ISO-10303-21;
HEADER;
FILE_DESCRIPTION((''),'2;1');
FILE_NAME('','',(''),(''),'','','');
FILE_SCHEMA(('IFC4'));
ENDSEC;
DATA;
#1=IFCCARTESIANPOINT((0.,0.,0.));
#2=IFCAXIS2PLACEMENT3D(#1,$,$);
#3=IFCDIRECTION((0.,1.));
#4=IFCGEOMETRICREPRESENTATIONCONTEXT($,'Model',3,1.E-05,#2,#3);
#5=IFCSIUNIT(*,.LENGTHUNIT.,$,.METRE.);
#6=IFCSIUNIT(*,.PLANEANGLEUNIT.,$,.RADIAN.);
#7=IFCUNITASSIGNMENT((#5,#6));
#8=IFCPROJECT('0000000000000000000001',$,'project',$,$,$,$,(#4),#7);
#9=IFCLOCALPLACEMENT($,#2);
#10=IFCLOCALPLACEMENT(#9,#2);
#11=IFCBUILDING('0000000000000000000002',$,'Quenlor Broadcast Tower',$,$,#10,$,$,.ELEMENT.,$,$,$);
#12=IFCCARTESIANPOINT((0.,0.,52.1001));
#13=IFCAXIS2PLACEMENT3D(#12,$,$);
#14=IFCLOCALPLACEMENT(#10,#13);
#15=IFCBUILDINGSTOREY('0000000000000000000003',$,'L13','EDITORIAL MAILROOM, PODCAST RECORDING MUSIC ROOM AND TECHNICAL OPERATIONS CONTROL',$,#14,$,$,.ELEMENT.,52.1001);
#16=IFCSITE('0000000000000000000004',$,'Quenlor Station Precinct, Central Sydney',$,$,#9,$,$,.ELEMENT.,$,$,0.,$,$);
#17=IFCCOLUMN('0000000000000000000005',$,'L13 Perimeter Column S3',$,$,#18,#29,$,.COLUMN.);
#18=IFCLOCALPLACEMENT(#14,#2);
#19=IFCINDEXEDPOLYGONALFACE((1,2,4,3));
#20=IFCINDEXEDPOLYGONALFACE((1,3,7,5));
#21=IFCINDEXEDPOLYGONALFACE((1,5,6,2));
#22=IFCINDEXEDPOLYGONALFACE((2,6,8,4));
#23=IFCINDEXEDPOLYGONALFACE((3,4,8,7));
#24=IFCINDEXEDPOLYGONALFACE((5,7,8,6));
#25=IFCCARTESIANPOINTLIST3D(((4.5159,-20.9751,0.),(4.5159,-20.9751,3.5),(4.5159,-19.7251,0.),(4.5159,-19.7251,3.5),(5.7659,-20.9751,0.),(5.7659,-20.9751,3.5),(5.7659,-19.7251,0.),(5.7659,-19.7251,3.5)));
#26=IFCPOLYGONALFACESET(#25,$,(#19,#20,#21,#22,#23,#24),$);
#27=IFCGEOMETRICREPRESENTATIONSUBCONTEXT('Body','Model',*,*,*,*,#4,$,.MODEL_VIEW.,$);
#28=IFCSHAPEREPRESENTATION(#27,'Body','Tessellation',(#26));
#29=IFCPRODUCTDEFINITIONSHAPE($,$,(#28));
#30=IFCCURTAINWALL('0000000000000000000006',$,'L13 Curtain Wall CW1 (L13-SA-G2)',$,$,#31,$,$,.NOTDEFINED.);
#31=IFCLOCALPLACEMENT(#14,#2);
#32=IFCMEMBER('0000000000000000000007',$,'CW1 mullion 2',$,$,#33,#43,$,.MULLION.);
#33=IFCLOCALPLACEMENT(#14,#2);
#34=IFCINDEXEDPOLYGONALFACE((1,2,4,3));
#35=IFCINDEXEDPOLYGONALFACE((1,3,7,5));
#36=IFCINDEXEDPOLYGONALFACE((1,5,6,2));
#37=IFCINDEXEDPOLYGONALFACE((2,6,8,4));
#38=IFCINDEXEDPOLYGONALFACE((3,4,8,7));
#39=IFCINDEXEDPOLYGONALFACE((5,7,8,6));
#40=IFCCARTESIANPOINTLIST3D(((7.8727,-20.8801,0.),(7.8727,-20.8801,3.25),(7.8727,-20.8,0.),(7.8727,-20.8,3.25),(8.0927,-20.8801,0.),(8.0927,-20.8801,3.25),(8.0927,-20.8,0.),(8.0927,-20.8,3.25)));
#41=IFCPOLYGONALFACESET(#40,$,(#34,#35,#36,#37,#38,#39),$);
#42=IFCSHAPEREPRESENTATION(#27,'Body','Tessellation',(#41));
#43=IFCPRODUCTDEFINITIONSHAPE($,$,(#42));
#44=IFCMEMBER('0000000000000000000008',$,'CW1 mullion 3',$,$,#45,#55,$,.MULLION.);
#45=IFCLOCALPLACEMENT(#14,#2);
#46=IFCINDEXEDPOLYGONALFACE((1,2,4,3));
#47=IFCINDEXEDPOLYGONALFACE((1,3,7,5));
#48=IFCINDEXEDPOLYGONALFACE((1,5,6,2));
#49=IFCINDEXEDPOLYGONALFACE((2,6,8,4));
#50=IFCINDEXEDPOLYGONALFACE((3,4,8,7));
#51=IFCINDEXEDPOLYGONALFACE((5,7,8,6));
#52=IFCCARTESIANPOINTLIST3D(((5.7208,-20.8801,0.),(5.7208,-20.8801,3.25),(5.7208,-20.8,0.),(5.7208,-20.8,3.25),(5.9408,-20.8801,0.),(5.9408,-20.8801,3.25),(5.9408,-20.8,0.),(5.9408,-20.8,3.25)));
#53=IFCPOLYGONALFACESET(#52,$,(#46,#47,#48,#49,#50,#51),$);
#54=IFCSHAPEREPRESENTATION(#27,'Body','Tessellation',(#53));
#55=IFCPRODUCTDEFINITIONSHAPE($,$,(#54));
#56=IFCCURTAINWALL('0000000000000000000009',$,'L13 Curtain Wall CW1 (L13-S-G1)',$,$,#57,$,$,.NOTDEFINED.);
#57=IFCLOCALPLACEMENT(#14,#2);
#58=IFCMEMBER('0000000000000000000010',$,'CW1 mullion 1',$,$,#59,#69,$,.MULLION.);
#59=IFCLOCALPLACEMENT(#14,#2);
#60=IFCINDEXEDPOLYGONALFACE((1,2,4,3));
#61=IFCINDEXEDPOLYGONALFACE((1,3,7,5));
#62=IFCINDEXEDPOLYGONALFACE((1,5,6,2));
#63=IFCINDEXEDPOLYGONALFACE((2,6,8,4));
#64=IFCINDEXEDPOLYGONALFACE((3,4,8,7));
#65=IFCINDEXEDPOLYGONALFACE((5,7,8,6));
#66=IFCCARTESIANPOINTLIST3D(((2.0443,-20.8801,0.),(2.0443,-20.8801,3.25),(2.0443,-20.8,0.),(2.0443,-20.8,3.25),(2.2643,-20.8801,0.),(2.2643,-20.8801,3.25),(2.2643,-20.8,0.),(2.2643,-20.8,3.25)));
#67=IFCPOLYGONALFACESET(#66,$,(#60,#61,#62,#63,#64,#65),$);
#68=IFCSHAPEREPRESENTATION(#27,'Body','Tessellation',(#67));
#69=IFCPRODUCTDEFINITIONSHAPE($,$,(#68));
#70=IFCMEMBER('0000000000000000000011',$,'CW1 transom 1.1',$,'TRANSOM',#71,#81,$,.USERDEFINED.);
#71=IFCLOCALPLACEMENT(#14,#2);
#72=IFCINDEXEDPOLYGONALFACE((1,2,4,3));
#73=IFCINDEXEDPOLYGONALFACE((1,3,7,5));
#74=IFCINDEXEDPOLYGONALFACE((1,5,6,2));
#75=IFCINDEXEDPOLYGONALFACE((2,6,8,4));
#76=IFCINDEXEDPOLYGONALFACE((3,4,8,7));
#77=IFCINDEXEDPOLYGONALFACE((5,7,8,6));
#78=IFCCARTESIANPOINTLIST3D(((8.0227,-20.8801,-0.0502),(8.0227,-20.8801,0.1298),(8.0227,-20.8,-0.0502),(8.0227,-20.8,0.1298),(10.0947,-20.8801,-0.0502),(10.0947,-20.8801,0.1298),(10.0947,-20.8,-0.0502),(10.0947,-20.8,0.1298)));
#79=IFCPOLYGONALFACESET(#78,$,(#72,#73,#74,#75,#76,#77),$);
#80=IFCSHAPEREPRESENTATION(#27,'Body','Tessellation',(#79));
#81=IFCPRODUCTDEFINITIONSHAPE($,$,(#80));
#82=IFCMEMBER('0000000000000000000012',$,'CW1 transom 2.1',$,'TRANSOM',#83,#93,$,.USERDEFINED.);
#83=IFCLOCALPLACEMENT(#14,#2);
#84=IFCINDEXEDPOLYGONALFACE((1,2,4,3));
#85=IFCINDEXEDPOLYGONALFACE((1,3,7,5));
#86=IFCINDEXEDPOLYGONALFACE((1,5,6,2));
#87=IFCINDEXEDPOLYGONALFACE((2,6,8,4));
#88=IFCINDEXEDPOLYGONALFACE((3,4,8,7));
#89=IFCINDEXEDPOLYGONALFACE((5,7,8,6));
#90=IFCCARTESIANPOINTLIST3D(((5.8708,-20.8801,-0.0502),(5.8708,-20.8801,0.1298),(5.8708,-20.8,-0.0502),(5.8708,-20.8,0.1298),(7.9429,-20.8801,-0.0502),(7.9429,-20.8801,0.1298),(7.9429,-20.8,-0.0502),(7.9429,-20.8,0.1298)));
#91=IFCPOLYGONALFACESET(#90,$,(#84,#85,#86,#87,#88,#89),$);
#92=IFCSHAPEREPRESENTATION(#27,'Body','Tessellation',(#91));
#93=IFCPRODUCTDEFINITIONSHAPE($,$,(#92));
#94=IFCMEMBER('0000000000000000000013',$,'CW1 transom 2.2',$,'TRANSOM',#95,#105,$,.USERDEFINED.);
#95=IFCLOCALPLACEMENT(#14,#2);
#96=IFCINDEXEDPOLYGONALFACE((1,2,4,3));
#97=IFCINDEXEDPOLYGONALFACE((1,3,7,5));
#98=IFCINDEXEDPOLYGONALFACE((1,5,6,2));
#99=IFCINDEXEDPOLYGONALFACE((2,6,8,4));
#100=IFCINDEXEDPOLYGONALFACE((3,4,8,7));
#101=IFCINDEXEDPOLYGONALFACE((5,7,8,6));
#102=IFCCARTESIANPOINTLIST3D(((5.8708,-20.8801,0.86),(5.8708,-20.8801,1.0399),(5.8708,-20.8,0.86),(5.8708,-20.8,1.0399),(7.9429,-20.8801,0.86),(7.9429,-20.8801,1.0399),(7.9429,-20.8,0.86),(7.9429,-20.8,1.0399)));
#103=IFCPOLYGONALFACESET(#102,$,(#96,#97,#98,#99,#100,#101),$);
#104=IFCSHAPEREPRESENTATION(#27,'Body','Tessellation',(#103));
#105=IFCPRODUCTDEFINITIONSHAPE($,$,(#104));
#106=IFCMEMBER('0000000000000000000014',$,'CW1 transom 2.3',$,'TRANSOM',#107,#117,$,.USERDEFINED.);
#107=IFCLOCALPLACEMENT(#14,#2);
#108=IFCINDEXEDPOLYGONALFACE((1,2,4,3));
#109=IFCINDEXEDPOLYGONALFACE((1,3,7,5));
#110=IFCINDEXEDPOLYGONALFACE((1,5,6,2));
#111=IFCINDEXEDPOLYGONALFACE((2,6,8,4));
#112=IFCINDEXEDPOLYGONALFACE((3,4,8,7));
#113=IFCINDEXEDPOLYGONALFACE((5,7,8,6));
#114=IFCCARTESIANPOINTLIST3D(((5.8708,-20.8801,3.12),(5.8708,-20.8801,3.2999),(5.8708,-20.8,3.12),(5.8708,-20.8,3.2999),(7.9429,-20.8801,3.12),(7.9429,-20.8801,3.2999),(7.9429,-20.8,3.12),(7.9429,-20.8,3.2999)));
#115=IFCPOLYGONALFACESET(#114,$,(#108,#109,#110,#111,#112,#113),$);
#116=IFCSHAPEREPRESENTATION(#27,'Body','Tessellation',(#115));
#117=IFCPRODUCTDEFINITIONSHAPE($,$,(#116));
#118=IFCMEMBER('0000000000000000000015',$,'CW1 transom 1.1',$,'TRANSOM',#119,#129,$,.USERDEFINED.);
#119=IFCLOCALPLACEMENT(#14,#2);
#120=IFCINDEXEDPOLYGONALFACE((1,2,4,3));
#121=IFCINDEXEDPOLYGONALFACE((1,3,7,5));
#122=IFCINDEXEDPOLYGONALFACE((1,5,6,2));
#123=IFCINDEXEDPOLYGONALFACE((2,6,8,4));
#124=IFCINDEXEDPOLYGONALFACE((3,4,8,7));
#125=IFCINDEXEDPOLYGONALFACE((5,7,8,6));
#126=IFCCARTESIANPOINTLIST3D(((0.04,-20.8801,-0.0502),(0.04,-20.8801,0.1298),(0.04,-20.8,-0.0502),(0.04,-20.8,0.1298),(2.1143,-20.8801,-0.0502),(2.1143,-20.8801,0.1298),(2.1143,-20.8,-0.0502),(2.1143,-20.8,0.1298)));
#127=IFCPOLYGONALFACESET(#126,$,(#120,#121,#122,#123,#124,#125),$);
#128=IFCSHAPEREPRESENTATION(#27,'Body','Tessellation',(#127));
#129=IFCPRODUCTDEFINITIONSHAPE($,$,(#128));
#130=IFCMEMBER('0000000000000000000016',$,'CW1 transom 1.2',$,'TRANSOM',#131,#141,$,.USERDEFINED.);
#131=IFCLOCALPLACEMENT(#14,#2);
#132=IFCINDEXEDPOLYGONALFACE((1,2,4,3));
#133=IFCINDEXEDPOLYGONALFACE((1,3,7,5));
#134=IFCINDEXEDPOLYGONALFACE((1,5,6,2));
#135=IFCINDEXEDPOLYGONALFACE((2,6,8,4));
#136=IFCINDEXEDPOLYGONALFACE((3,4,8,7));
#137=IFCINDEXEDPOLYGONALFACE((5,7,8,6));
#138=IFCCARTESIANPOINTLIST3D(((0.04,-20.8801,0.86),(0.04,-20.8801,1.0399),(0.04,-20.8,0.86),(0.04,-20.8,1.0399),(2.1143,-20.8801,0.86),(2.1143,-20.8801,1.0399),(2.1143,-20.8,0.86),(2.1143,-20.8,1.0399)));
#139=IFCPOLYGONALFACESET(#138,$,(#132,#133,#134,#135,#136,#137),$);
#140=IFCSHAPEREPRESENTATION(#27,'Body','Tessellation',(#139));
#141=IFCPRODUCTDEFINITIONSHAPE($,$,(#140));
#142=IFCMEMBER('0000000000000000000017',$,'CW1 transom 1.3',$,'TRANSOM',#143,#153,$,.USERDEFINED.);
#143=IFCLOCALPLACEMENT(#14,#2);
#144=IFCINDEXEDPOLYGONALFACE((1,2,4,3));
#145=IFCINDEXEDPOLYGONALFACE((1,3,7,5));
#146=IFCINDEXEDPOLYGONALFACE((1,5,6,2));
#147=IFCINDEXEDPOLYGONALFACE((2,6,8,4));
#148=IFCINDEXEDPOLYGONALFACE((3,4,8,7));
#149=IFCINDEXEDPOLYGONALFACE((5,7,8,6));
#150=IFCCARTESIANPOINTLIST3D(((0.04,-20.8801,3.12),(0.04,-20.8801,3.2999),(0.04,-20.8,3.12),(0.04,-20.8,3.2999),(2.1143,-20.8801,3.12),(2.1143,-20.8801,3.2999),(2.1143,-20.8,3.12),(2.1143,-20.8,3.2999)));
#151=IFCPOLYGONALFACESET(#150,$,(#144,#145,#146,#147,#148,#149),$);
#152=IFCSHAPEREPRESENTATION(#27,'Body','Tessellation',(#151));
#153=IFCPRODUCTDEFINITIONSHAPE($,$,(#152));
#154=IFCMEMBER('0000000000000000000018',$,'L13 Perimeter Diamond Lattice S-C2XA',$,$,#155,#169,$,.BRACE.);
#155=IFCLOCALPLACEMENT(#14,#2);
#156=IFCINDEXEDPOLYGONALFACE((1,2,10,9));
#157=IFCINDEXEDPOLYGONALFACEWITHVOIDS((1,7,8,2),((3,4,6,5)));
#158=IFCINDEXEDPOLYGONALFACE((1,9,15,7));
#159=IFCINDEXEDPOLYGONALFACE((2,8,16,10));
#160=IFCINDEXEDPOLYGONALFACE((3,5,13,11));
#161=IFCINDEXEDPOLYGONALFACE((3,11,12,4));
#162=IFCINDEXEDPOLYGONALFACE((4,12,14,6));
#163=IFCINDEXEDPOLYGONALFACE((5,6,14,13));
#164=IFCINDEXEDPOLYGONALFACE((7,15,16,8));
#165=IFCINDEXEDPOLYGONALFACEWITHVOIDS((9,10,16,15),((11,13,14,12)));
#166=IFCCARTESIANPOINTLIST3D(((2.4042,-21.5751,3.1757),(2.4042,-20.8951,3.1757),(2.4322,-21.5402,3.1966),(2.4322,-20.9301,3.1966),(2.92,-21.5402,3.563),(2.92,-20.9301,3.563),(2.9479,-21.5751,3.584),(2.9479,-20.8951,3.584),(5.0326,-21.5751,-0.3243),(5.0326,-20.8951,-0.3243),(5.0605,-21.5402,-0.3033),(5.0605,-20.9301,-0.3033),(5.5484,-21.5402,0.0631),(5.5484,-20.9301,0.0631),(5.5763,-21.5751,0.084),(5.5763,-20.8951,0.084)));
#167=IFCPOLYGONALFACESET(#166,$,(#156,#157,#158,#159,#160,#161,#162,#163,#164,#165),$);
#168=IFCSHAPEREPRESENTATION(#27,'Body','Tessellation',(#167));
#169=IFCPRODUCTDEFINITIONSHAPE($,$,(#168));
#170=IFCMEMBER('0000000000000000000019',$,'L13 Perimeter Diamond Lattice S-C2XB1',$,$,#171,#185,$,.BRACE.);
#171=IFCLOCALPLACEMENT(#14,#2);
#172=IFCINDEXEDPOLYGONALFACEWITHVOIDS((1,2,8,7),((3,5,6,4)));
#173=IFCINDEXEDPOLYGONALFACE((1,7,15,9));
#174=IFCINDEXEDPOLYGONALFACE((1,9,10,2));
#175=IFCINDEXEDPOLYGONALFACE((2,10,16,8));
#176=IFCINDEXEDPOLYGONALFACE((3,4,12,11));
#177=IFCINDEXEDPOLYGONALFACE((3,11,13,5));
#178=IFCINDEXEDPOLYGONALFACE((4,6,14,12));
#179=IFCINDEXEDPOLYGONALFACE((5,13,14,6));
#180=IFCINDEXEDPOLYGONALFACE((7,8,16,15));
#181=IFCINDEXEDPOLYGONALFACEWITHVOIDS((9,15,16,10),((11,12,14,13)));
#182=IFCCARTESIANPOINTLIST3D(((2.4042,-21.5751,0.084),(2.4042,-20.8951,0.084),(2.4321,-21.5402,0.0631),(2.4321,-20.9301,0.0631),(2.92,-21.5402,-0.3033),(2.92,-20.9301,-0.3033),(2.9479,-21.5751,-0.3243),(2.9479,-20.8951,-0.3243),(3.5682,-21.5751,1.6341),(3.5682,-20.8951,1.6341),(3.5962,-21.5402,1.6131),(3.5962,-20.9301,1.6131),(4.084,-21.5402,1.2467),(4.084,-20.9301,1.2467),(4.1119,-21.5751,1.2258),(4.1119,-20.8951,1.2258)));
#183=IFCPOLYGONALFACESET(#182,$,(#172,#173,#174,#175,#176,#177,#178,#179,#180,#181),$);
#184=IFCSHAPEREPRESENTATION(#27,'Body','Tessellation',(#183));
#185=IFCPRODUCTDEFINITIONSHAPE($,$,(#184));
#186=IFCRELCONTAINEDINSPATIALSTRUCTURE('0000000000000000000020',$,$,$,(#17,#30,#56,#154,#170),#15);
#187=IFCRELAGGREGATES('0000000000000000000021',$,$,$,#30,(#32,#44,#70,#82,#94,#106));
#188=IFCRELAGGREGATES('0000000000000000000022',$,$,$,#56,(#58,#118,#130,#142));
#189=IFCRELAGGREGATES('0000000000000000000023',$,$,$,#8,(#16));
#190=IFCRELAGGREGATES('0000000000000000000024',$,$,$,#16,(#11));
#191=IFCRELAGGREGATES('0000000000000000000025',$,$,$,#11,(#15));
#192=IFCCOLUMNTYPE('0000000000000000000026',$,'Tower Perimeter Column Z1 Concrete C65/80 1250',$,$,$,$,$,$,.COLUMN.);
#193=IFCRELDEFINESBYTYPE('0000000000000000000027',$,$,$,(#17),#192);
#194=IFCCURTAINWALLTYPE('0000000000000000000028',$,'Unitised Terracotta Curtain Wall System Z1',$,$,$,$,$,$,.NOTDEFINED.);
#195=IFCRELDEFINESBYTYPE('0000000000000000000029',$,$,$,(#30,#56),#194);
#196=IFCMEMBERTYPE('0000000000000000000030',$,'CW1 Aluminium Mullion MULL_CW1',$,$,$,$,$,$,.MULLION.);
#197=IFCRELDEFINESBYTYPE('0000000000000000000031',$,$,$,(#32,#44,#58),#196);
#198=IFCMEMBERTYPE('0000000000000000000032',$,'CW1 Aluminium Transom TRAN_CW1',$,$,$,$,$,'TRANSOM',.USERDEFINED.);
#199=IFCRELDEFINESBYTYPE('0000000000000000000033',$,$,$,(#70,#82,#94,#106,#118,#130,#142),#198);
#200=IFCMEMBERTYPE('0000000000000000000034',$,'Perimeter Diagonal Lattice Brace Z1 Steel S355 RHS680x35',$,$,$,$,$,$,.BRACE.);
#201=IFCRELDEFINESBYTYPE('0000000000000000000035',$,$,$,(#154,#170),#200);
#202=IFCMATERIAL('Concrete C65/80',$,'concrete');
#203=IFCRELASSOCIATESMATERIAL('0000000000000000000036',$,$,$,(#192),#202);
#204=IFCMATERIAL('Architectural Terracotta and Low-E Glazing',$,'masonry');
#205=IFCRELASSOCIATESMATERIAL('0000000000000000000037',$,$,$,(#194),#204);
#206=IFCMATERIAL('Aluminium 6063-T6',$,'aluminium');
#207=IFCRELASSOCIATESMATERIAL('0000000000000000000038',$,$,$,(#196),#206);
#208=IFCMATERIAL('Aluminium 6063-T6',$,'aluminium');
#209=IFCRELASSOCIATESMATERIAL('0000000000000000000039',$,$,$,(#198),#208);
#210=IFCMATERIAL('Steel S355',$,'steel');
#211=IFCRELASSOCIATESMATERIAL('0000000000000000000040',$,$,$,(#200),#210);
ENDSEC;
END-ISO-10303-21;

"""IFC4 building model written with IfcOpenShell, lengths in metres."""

from ifc_helpers import new_model, si_unit, direction, frame, origin, origin_2d, place, context, subcontext, project, spatial, rectangle, hollow_rectangle, extrude, material, material_profile, profile_set, type_object, element, aggregate, save


model = new_model("IFC4")

# Units and contexts
model_context = context("Model", 3, precision=1e-05, world=origin(), true_north=direction((0.0, 1.0)))
body_context = subcontext(model_context, "Body", "Model", "MODEL_VIEW")
ifc_project = project(units=[si_unit("LENGTHUNIT", "METRE"), si_unit("PLANEANGLEUNIT", "RADIAN")], contexts=[model_context])

# Site, building, storey
site_placement = place(None, origin())
site = spatial("IfcSite", under=ifc_project, at=site_placement, Name="Quenlor Station Precinct, Central Sydney", CompositionType="ELEMENT", RefElevation=0.0)
building_placement = place(site_placement, origin())
building = spatial("IfcBuilding", under=site, at=building_placement, Name="Quenlor Broadcast Tower", CompositionType="ELEMENT")
storey_placement = place(building_placement, frame((0.0, 0.0, 52.1001)))
storey = spatial("IfcBuildingStorey", under=building, at=storey_placement, Name="L13", Description="EDITORIAL MAILROOM, PODCAST RECORDING MUSIC ROOM AND TECHNICAL OPERATIONS CONTROL", CompositionType="ELEMENT", Elevation=52.1001)

# Column
ifc_material_1 = material(Name="Concrete C65/80", Category="concrete")
ifc_material_profile_1 = material_profile(ifc_material_1, rectangle(XDim=1.25, YDim=1.25, at=origin_2d()))
ifc_profile_set_1 = profile_set([ifc_material_profile_1], Name="Concrete C65/80 RC1250x1250")
column_type = type_object("IfcColumnType", Name="Tower Perimeter Column Z1 Concrete C65/80 1250", PredefinedType="COLUMN", material=ifc_profile_set_1)
column_placement = place(storey_placement, frame((5.1409, -20.3501, 0.0), z_axis=(0.0, 0.0, 1.0), x_axis=(0.0, 1.0, 0.0)))
element("IfcColumn", 1, at=column_placement, inside=storey, type_object=column_type, Name="L13 Perimeter Column S3", PredefinedType="COLUMN", context=body_context, shape_type="SweptSolid", body=[
    extrude(rectangle(XDim=1.25, YDim=1.25, at=origin_2d()), origin(), (0.0, 0.0, 1.0), 3.5),
])

# Curtain wall, members
ifc_material_2 = material(Name="Architectural Terracotta and Low-E Glazing", Category="masonry")
curtain_wall_type = type_object("IfcCurtainWallType", Name="Unitised Terracotta Curtain Wall System Z1", PredefinedType="NOTDEFINED", material=ifc_material_2)
curtain_wall_1_placement = place(storey_placement, origin())
curtain_wall_1 = element("IfcCurtainWall", 2, at=curtain_wall_1_placement, inside=storey, type_object=curtain_wall_type, Name="L13 Curtain Wall CW1 (L13-SA-G2)", PredefinedType="NOTDEFINED")
ifc_material_3 = material(Name="Aluminium 6063-T6", Category="aluminium")
ifc_material_profile_2 = material_profile(ifc_material_3, rectangle(XDim=0.0801, YDim=0.22, at=origin_2d()))
ifc_profile_set_2 = profile_set([ifc_material_profile_2], Name="Aluminium 6063-T6 MULL80x220")
member_type_1 = type_object("IfcMemberType", Name="CW1 Aluminium Mullion MULL_CW1", PredefinedType="MULLION", material=ifc_profile_set_2)
member_1_placement = place(storey_placement, frame((7.9827, -20.8401, 0.0), z_axis=(0.0, 0.0, 1.0), x_axis=(0.0, -1.0, 0.0)))
member_1 = element("IfcMember", 3, at=member_1_placement, type_object=member_type_1, Name="CW1 mullion 2", PredefinedType="MULLION", context=body_context, shape_type="SweptSolid", body=[
    extrude(rectangle(XDim=0.0801, YDim=0.22, at=origin_2d()), origin(), (0.0, 0.0, 1.0), 3.25),
])
member_2_placement = place(storey_placement, frame((5.8308, -20.8401, 0.0), z_axis=(0.0, 0.0, 1.0), x_axis=(0.0, -1.0, 0.0)))
member_2 = element("IfcMember", 4, at=member_2_placement, type_object=member_type_1, Name="CW1 mullion 3", PredefinedType="MULLION", context=body_context, shape_type="SweptSolid", body=[
    extrude(rectangle(XDim=0.0801, YDim=0.22, at=origin_2d()), origin(), (0.0, 0.0, 1.0), 3.25),
])

# Curtain wall, member
curtain_wall_2_placement = place(storey_placement, origin())
curtain_wall_2 = element("IfcCurtainWall", 5, at=curtain_wall_2_placement, inside=storey, type_object=curtain_wall_type, Name="L13 Curtain Wall CW1 (L13-S-G1)", PredefinedType="NOTDEFINED")
member_3_placement = place(storey_placement, frame((2.1543, -20.8401, 0.0), z_axis=(0.0, 0.0, 1.0), x_axis=(0.0, -1.0, 0.0)))
member_3 = element("IfcMember", 6, at=member_3_placement, type_object=member_type_1, Name="CW1 mullion 1", PredefinedType="MULLION", context=body_context, shape_type="SweptSolid", body=[
    extrude(rectangle(XDim=0.0801, YDim=0.22, at=origin_2d()), origin(), (0.0, 0.0, 1.0), 3.25),
])

# Members
ifc_material_4 = material(Name="Aluminium 6063-T6", Category="aluminium")
ifc_material_profile_3 = material_profile(ifc_material_4, rectangle(XDim=0.0801, YDim=0.1799, at=origin_2d()))
ifc_profile_set_3 = profile_set([ifc_material_profile_3], Name="Aluminium 6063-T6 TRAN80x180")
member_type_2 = type_object("IfcMemberType", Name="CW1 Aluminium Transom TRAN_CW1", ElementType="TRANSOM", PredefinedType="USERDEFINED", material=ifc_profile_set_3)
member_4_placement = place(storey_placement, frame((10.0947, -20.8401, 0.0398), z_axis=(-1.0, 0.0, 0.0), x_axis=(0.0, -1.0, 0.0)))
member_4 = element("IfcMember", 7, at=member_4_placement, type_object=member_type_2, Name="CW1 transom 1.1", ObjectType="TRANSOM", PredefinedType="USERDEFINED", context=body_context, shape_type="SweptSolid", body=[
    extrude(rectangle(XDim=0.0801, YDim=0.1799, at=origin_2d()), origin(), (0.0, 0.0, 1.0), 2.072),
])
member_5_placement = place(storey_placement, frame((7.9429, -20.8401, 0.0398), z_axis=(-1.0, 0.0, 0.0), x_axis=(0.0, -1.0, 0.0)))
member_5 = element("IfcMember", 8, at=member_5_placement, type_object=member_type_2, Name="CW1 transom 2.1", ObjectType="TRANSOM", PredefinedType="USERDEFINED", context=body_context, shape_type="SweptSolid", body=[
    extrude(rectangle(XDim=0.0801, YDim=0.1799, at=origin_2d()), origin(), (0.0, 0.0, 1.0), 2.072),
])
member_6_placement = place(storey_placement, frame((7.9429, -20.8401, 0.95), z_axis=(-1.0, 0.0, 0.0), x_axis=(0.0, -1.0, 0.0)))
member_6 = element("IfcMember", 9, at=member_6_placement, type_object=member_type_2, Name="CW1 transom 2.2", ObjectType="TRANSOM", PredefinedType="USERDEFINED", context=body_context, shape_type="SweptSolid", body=[
    extrude(rectangle(XDim=0.0801, YDim=0.1799, at=origin_2d()), origin(), (0.0, 0.0, 1.0), 2.072),
])
member_7_placement = place(storey_placement, frame((7.9429, -20.8401, 3.21), z_axis=(-1.0, 0.0, 0.0), x_axis=(0.0, -1.0, 0.0)))
member_7 = element("IfcMember", 10, at=member_7_placement, type_object=member_type_2, Name="CW1 transom 2.3", ObjectType="TRANSOM", PredefinedType="USERDEFINED", context=body_context, shape_type="SweptSolid", body=[
    extrude(rectangle(XDim=0.0801, YDim=0.1799, at=origin_2d()), origin(), (0.0, 0.0, 1.0), 2.072),
])
member_8_placement = place(storey_placement, frame((2.1143, -20.8401, 0.0398), z_axis=(-1.0, 0.0, 0.0), x_axis=(0.0, -1.0, 0.0)))
member_8 = element("IfcMember", 11, at=member_8_placement, type_object=member_type_2, Name="CW1 transom 1.1", ObjectType="TRANSOM", PredefinedType="USERDEFINED", context=body_context, shape_type="SweptSolid", body=[
    extrude(rectangle(XDim=0.0801, YDim=0.1799, at=origin_2d()), origin(), (0.0, 0.0, 1.0), 2.0742),
])
member_9_placement = place(storey_placement, frame((2.1143, -20.8401, 0.95), z_axis=(-1.0, 0.0, 0.0), x_axis=(0.0, -1.0, 0.0)))
member_9 = element("IfcMember", 12, at=member_9_placement, type_object=member_type_2, Name="CW1 transom 1.2", ObjectType="TRANSOM", PredefinedType="USERDEFINED", context=body_context, shape_type="SweptSolid", body=[
    extrude(rectangle(XDim=0.0801, YDim=0.1799, at=origin_2d()), origin(), (0.0, 0.0, 1.0), 2.0742),
])
member_10_placement = place(storey_placement, frame((2.1143, -20.8401, 3.21), z_axis=(-1.0, 0.0, 0.0), x_axis=(0.0, -1.0, 0.0)))
member_10 = element("IfcMember", 13, at=member_10_placement, type_object=member_type_2, Name="CW1 transom 1.3", ObjectType="TRANSOM", PredefinedType="USERDEFINED", context=body_context, shape_type="SweptSolid", body=[
    extrude(rectangle(XDim=0.0801, YDim=0.1799, at=origin_2d()), origin(), (0.0, 0.0, 1.0), 2.0742),
])

# Members
ifc_material_5 = material(Name="Steel S355", Category="steel")
ifc_material_profile_4 = material_profile(ifc_material_5, hollow_rectangle(XDim=0.6799, YDim=0.6799, WallThickness=0.0349, at=origin_2d()))
ifc_profile_set_4 = profile_set([ifc_material_profile_4], Name="Steel S355 RHS680x680x35")
member_type_3 = type_object("IfcMemberType", Name="Perimeter Diagonal Lattice Brace Z1 Steel S355 RHS680x35", PredefinedType="BRACE", material=ifc_profile_set_4)
member_11_placement = place(storey_placement, frame((5.3044, -21.2351, -0.1201), z_axis=(-0.6005, 0.0, 0.799625), x_axis=(0.0, -1.0, 0.0)))
element("IfcMember", 14, at=member_11_placement, inside=storey, type_object=member_type_3, Name="L13 Perimeter Diamond Lattice S-C2XA", PredefinedType="BRACE", context=body_context, shape_type="SweptSolid", body=[
    extrude(hollow_rectangle(XDim=0.6799, YDim=0.6799, WallThickness=0.0349, at=origin_2d()), origin(), (0.0, 0.0, 1.0), 4.377),
])
for number, where, z_axis, x_axis, name in (
    (15, (2.676, -21.2351, -0.1201), (0.600504, 0.0, 0.799622), (0.0, 1.0, 0.0), "L13 Perimeter Diamond Lattice S-C2XB1"),
):
    element("IfcMember", number, at=place(storey_placement, frame(where, z_axis=z_axis, x_axis=x_axis)), inside=storey, type_object=member_type_3, Name=name, PredefinedType="BRACE", context=body_context, shape_type="SweptSolid", body=[
        extrude(hollow_rectangle(XDim=0.6799, YDim=0.6799, WallThickness=0.0349, at=origin_2d()), origin(), (0.0, 0.0, 1.0), 1.9385),
    ])

aggregate(curtain_wall_1, [member_1, member_2, member_4, member_5, member_6, member_7])
aggregate(curtain_wall_2, [member_3, member_8, member_9, member_10])

save(model, "model.ifc")
